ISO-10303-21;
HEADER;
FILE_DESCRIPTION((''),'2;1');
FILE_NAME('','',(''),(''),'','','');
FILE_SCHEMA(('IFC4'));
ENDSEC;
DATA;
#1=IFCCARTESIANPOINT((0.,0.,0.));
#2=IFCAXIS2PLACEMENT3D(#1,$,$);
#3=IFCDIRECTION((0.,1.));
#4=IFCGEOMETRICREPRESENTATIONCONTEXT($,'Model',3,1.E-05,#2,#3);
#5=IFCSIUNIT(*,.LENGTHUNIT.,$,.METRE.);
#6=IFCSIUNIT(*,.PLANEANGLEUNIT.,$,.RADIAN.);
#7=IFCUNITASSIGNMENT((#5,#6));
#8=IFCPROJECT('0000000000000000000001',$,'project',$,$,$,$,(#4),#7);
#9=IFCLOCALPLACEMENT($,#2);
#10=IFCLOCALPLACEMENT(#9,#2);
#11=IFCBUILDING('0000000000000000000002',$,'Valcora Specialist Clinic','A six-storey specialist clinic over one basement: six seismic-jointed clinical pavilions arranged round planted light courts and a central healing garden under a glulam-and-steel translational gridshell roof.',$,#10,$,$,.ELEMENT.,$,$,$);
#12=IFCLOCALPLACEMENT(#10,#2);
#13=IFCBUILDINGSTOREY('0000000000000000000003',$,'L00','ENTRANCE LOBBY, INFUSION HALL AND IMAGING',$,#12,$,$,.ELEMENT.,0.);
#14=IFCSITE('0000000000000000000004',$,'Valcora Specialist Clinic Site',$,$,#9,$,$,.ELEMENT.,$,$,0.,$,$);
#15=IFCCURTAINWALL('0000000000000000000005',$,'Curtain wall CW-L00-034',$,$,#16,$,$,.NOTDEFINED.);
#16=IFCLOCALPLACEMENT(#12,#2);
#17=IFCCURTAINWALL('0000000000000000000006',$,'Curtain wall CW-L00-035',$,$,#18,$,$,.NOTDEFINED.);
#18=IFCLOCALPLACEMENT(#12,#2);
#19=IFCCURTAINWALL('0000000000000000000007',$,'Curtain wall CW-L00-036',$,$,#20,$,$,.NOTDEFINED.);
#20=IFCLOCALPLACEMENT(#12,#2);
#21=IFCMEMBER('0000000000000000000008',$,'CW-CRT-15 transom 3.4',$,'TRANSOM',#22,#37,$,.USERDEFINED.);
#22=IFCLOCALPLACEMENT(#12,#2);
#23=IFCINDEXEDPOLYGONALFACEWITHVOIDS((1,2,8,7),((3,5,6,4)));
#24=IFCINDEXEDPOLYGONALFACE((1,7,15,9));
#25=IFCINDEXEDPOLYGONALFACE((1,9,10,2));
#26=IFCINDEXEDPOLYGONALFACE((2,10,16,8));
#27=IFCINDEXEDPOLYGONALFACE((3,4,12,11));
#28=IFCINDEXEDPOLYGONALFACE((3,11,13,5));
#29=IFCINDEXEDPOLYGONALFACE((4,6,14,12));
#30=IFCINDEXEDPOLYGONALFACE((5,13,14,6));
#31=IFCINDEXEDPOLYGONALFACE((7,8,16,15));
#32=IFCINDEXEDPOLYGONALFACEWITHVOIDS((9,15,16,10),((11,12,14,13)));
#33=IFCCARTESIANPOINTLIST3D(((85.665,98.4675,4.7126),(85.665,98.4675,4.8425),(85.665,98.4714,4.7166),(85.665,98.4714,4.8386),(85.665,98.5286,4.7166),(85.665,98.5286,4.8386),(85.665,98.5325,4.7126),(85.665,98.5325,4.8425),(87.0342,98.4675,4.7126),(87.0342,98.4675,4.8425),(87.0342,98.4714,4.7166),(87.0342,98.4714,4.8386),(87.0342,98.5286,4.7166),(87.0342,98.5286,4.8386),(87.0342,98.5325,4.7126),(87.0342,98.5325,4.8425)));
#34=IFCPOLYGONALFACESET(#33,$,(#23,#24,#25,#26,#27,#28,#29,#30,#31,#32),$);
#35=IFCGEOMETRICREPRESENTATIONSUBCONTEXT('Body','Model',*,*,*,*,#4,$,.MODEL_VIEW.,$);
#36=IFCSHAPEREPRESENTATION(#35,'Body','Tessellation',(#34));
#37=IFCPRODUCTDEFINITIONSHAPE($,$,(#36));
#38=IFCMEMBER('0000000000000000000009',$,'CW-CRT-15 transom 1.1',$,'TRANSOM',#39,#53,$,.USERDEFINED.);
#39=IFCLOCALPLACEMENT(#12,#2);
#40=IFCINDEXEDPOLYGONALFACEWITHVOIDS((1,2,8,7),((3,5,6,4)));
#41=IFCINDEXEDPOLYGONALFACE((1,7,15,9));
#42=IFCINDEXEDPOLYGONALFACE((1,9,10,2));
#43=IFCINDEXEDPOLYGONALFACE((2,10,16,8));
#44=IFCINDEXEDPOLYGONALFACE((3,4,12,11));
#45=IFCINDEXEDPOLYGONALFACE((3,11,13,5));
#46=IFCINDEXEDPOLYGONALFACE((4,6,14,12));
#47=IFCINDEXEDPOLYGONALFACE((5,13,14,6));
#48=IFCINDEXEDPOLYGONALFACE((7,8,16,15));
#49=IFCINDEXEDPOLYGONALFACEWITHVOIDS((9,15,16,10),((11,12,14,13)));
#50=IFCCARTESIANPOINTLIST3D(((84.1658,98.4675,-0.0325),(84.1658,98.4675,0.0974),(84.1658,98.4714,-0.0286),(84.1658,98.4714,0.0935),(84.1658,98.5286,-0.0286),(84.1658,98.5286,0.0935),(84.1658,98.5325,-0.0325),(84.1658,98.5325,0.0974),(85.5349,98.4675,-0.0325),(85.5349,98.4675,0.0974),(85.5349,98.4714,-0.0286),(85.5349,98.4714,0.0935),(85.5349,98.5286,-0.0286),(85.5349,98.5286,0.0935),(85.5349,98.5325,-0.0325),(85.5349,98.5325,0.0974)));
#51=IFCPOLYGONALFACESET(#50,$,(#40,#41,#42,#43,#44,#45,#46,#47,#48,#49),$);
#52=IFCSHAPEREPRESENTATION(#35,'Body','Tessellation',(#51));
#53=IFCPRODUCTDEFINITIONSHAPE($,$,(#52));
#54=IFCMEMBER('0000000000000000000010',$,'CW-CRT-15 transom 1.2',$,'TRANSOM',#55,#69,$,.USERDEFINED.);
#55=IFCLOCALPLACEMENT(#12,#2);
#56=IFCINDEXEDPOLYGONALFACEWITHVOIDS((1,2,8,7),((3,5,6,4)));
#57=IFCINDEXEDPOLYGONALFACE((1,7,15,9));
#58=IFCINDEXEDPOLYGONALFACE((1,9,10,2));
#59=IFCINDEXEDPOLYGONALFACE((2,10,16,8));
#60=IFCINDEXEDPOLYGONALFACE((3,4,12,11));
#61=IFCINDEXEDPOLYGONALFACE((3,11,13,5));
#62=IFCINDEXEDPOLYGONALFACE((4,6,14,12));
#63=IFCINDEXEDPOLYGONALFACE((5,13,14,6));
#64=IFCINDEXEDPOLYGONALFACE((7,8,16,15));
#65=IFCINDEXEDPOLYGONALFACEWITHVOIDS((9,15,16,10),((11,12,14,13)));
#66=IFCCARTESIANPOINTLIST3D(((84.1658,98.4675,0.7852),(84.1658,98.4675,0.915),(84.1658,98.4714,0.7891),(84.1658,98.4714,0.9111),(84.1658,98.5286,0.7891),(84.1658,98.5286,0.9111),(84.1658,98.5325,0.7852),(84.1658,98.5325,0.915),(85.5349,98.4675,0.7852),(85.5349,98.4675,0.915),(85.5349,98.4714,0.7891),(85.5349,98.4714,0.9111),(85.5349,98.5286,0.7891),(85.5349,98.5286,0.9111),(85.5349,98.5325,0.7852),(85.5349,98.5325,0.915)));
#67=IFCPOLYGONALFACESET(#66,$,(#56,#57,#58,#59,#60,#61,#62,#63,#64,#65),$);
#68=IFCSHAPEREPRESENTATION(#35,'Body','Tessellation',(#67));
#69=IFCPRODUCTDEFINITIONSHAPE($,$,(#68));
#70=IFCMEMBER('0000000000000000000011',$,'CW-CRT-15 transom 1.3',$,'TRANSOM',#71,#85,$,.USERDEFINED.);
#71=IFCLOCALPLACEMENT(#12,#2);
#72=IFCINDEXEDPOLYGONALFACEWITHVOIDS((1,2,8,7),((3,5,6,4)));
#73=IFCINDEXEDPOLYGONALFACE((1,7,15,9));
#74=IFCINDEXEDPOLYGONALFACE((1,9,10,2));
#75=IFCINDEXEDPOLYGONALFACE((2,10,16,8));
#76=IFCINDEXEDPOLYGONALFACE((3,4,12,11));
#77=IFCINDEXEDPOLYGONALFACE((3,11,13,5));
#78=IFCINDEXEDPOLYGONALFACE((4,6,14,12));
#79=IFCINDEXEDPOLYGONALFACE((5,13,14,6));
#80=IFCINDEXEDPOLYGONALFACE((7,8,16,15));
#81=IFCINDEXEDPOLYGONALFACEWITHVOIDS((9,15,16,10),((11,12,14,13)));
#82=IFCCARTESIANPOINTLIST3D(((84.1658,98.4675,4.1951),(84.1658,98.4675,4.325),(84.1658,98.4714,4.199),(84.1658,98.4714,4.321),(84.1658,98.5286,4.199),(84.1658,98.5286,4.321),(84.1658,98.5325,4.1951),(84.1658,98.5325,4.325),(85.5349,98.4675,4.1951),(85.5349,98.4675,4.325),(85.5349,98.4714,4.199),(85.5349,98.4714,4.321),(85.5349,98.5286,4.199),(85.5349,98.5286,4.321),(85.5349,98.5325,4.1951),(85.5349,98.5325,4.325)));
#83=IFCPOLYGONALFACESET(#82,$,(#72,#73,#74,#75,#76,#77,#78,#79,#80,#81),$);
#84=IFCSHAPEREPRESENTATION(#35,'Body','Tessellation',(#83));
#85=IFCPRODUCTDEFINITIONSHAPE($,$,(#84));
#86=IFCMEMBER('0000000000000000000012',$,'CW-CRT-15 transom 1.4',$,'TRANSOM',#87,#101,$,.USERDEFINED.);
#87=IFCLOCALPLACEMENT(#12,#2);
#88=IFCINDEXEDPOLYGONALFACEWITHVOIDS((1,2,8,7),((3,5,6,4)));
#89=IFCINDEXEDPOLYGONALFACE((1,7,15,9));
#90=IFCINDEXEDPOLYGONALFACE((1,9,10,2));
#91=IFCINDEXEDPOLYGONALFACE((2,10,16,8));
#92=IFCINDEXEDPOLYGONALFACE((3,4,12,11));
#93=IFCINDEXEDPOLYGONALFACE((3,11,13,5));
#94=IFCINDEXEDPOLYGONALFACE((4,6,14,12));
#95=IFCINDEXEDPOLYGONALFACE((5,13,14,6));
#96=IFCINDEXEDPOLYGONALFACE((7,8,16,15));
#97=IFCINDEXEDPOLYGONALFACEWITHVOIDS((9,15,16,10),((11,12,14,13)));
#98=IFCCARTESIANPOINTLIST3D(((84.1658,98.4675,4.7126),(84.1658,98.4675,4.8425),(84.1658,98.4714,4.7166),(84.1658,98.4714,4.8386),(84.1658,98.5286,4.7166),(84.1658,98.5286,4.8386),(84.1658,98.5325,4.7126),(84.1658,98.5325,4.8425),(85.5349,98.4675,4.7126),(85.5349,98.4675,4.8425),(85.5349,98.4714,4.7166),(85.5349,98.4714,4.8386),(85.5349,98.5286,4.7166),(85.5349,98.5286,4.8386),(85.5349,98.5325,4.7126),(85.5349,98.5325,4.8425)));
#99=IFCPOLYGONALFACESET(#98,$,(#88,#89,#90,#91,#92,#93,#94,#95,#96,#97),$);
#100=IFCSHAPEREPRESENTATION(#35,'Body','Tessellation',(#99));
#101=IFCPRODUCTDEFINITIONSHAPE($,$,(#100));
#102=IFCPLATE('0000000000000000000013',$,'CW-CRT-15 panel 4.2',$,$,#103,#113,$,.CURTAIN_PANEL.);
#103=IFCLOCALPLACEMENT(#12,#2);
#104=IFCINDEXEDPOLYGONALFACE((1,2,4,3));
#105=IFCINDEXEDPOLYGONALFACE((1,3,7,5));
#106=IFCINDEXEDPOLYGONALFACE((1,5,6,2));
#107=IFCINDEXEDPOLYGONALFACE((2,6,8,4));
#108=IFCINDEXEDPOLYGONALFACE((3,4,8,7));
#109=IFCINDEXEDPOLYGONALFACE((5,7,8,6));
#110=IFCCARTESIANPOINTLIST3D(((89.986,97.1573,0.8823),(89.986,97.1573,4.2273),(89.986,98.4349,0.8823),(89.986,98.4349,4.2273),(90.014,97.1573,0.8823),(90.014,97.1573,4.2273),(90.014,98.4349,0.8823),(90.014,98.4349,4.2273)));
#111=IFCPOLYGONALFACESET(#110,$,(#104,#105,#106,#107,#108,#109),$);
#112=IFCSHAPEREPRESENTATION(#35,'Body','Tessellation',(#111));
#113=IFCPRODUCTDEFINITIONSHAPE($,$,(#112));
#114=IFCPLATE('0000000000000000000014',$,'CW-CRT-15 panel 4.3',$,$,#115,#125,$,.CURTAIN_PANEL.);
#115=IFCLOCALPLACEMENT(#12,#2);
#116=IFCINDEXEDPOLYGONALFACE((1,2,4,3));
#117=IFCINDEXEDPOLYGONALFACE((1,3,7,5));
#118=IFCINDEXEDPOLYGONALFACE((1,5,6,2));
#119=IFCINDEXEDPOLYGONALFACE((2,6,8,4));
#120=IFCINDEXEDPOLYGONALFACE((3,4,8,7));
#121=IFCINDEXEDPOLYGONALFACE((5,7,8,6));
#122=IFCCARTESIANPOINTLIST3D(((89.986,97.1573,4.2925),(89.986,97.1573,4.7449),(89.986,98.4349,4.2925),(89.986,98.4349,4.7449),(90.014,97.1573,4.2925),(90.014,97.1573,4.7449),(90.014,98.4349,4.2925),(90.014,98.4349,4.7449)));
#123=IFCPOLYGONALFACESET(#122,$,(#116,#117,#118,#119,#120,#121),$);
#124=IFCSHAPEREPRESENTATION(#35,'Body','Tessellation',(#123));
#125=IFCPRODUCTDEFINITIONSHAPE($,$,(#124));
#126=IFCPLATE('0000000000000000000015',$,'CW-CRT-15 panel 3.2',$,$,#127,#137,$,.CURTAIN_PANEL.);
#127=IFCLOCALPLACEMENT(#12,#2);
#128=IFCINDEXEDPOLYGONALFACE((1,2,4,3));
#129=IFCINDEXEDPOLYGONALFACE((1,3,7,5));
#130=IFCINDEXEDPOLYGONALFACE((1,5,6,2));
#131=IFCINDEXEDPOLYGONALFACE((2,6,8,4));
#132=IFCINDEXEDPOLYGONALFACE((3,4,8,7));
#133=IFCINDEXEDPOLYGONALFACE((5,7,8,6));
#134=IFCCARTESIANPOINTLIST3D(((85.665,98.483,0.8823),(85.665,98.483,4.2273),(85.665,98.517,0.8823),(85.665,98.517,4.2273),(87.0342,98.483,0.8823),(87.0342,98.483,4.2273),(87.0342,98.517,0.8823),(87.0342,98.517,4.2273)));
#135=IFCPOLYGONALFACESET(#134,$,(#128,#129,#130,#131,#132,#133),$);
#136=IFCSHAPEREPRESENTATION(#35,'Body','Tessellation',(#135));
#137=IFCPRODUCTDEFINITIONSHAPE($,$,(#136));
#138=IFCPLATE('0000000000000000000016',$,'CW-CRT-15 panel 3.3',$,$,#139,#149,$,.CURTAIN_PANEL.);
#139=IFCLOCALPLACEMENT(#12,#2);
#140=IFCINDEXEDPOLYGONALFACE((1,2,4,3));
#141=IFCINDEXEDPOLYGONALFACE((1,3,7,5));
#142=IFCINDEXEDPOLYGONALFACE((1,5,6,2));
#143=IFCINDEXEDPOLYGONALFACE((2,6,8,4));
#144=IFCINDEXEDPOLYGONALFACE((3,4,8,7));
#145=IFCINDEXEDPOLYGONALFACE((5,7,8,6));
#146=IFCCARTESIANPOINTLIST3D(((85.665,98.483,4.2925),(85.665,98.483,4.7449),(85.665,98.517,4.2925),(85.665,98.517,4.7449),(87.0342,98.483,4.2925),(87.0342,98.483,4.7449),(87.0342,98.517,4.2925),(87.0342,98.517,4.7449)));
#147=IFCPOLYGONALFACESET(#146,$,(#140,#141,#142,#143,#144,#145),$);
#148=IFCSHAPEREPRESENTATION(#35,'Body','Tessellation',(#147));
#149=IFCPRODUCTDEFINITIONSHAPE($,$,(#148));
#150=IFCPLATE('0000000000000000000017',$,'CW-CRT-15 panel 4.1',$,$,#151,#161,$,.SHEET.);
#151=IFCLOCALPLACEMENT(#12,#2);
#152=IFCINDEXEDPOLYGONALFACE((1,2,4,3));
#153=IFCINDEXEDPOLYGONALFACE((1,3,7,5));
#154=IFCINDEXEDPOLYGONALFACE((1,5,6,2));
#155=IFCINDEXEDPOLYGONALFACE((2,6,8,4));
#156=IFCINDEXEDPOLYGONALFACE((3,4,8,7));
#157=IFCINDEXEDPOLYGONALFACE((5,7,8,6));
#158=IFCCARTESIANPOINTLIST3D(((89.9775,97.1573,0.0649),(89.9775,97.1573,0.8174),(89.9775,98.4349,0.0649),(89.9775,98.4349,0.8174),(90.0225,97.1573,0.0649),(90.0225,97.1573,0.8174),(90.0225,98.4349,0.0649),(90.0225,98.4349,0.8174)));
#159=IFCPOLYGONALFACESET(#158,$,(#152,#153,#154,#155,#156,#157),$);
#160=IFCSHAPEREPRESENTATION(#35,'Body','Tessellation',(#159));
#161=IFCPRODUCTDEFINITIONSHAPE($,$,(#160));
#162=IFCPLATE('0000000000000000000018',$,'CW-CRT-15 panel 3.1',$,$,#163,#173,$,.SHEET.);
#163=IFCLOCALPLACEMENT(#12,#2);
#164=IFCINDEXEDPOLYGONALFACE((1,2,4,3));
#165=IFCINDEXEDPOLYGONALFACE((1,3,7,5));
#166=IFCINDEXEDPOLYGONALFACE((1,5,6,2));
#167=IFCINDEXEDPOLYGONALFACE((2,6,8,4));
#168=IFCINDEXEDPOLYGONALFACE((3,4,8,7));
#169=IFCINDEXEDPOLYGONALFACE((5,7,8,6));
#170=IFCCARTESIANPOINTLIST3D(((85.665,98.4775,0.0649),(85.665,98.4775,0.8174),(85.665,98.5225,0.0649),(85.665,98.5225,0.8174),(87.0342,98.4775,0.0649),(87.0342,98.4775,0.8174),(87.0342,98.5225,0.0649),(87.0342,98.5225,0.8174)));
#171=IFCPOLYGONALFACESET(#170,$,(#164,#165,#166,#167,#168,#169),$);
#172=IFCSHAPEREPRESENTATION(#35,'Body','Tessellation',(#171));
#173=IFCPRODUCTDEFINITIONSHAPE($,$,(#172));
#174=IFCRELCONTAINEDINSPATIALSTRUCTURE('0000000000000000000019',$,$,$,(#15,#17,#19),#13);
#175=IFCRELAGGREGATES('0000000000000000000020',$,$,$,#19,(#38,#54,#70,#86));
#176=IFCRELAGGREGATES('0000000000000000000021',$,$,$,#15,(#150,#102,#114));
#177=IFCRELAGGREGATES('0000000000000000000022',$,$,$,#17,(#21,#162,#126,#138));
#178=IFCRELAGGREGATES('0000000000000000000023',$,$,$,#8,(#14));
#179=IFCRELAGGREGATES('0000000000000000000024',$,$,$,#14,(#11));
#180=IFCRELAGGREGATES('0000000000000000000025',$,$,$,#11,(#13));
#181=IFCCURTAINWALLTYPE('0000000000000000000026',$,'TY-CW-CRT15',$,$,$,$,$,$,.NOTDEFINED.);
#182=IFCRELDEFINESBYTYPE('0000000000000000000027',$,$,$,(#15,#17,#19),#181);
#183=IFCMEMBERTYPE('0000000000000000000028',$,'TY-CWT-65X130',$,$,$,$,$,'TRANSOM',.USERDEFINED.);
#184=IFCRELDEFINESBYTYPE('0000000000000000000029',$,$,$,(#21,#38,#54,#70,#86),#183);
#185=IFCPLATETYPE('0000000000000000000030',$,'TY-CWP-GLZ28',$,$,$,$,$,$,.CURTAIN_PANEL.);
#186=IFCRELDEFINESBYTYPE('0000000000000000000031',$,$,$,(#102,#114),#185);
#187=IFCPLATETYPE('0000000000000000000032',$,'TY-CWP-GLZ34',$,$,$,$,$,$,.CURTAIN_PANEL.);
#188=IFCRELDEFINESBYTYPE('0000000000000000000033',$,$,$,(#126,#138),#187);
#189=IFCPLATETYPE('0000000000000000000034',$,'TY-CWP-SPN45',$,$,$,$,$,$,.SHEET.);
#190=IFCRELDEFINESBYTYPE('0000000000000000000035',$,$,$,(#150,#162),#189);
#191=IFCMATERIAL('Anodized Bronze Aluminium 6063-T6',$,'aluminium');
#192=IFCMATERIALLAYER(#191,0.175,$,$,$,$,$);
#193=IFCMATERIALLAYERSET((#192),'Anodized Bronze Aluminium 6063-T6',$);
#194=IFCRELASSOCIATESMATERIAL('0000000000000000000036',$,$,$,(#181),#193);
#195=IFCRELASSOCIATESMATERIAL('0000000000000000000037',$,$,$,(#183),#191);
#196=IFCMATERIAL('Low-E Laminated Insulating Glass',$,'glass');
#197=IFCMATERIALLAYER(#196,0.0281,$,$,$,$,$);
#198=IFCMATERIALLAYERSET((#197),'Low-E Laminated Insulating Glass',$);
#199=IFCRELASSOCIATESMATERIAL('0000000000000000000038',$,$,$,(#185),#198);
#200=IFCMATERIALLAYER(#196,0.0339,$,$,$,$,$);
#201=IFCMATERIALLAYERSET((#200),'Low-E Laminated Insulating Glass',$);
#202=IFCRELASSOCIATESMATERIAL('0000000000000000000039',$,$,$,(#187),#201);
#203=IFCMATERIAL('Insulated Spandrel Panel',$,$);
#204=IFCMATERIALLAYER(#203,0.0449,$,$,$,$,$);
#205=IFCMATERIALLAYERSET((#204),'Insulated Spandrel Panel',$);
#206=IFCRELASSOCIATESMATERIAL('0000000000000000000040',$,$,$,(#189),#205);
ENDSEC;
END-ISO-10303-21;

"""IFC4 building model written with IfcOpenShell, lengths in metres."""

from ifc_helpers import new_model, si_unit, direction, frame, origin, origin_2d, place, context, subcontext, project, spatial, rectangle, hollow_rectangle, extrude, material, layer, layer_set, material_profile, profile_set, type_object, element, aggregate, save


model = new_model("IFC4")

# Units and contexts
model_context = context("Model", 3, precision=1e-05, world=origin(), true_north=direction((0.0, 1.0)))
body_context = subcontext(model_context, "Body", "Model", "MODEL_VIEW")
ifc_project = project(units=[si_unit("LENGTHUNIT", "METRE"), si_unit("PLANEANGLEUNIT", "RADIAN")], contexts=[model_context])

# Site, building, storey
site_placement = place(None, origin())
site = spatial("IfcSite", under=ifc_project, at=site_placement, Name="Valcora Specialist Clinic Site", CompositionType="ELEMENT", RefElevation=0.0)
building_placement = place(site_placement, origin())
building = spatial("IfcBuilding", under=site, at=building_placement, Name="Valcora Specialist Clinic", Description="A six-storey specialist clinic over one basement: six seismic-jointed clinical pavilions arranged round planted light courts and a central healing garden under a glulam-and-steel translational gridshell roof.", CompositionType="ELEMENT")
storey_placement = place(building_placement, origin())
storey = spatial("IfcBuildingStorey", under=building, at=storey_placement, Name="L00", Description="ENTRANCE LOBBY, INFUSION HALL AND IMAGING", CompositionType="ELEMENT", Elevation=0.0)

# Curtain wall
ifc_material_1 = material(Name="Anodized Bronze Aluminium 6063-T6", Category="aluminium")
ifc_layer_1 = layer(ifc_material_1, 0.175)
ifc_layer_set_1 = layer_set([ifc_layer_1], Name="Anodized Bronze Aluminium 6063-T6")
curtain_wall_type = type_object("IfcCurtainWallType", Name="TY-CW-CRT15", PredefinedType="NOTDEFINED", material=ifc_layer_set_1)
curtain_wall_1_placement = place(storey_placement, origin())
curtain_wall_1 = element("IfcCurtainWall", 1, at=curtain_wall_1_placement, inside=storey, type_object=curtain_wall_type, Name="Curtain wall CW-L00-034", PredefinedType="NOTDEFINED")

# Curtain walls
curtain_wall_2_placement = place(storey_placement, origin())
curtain_wall_2 = element("IfcCurtainWall", 2, at=curtain_wall_2_placement, inside=storey, type_object=curtain_wall_type, Name="Curtain wall CW-L00-035", PredefinedType="NOTDEFINED")
curtain_wall_3_placement = place(storey_placement, origin())
curtain_wall_3 = element("IfcCurtainWall", 3, at=curtain_wall_3_placement, inside=storey, type_object=curtain_wall_type, Name="Curtain wall CW-L00-036", PredefinedType="NOTDEFINED")

# Members
ifc_material_profile_1 = material_profile(ifc_material_1, hollow_rectangle(XDim=0.0649, YDim=0.1299, WallThickness=0.0039, at=origin_2d()), Name="AL-TRN-65X130")
ifc_profile_set_1 = profile_set([ifc_material_profile_1], Name="Anodized Bronze Aluminium 6063-T6")
member_type_1 = type_object("IfcMemberType", Name="TY-CWT-65X130", ElementType="TRANSOM", PredefinedType="USERDEFINED", material=ifc_profile_set_1)
member_1_placement = place(storey_placement, frame((87.0342, 98.5, 4.7776), z_axis=(-1.0, 0.0, 0.0), x_axis=(0.0, -1.0, 0.0)))
member_1 = element("IfcMember", 4, at=member_1_placement, type_object=member_type_1, Name="CW-CRT-15 transom 3.4", ObjectType="TRANSOM", PredefinedType="USERDEFINED", context=body_context, shape_type="SweptSolid", body=[
    extrude(hollow_rectangle(XDim=0.0649, YDim=0.1299, WallThickness=0.0039, at=origin_2d()), origin(), (0.0, 0.0, 1.0), 1.3691),
])
member_2_placement = place(storey_placement, frame((85.5349, 98.5, 0.0325), z_axis=(-1.0, 0.0, 0.0), x_axis=(0.0, -1.0, 0.0)))
member_2 = element("IfcMember", 5, at=member_2_placement, type_object=member_type_1, Name="CW-CRT-15 transom 1.1", ObjectType="TRANSOM", PredefinedType="USERDEFINED", context=body_context, shape_type="SweptSolid", body=[
    extrude(hollow_rectangle(XDim=0.0649, YDim=0.1299, WallThickness=0.0039, at=origin_2d()), origin(), (0.0, 0.0, 1.0), 1.3691),
])
member_3_placement = place(storey_placement, frame((85.5349, 98.5, 0.8501), z_axis=(-1.0, 0.0, 0.0), x_axis=(0.0, -1.0, 0.0)))
member_3 = element("IfcMember", 6, at=member_3_placement, type_object=member_type_1, Name="CW-CRT-15 transom 1.2", ObjectType="TRANSOM", PredefinedType="USERDEFINED", context=body_context, shape_type="SweptSolid", body=[
    extrude(hollow_rectangle(XDim=0.0649, YDim=0.1299, WallThickness=0.0039, at=origin_2d()), origin(), (0.0, 0.0, 1.0), 1.3691),
])
member_4_placement = place(storey_placement, frame((85.5349, 98.5, 4.26), z_axis=(-1.0, 0.0, 0.0), x_axis=(0.0, -1.0, 0.0)))
member_4 = element("IfcMember", 7, at=member_4_placement, type_object=member_type_1, Name="CW-CRT-15 transom 1.3", ObjectType="TRANSOM", PredefinedType="USERDEFINED", context=body_context, shape_type="SweptSolid", body=[
    extrude(hollow_rectangle(XDim=0.0649, YDim=0.1299, WallThickness=0.0039, at=origin_2d()), origin(), (0.0, 0.0, 1.0), 1.3691),
])
member_5_placement = place(storey_placement, frame((85.5349, 98.5, 4.7776), z_axis=(-1.0, 0.0, 0.0), x_axis=(0.0, -1.0, 0.0)))
member_5 = element("IfcMember", 8, at=member_5_placement, type_object=member_type_1, Name="CW-CRT-15 transom 1.4", ObjectType="TRANSOM", PredefinedType="USERDEFINED", context=body_context, shape_type="SweptSolid", body=[
    extrude(hollow_rectangle(XDim=0.0649, YDim=0.1299, WallThickness=0.0039, at=origin_2d()), origin(), (0.0, 0.0, 1.0), 1.3691),
])
aggregate(curtain_wall_3, [member_2, member_3, member_4, member_5])

# Plates
ifc_material_2 = material(Name="Low-E Laminated Insulating Glass", Category="glass")
ifc_layer_2 = layer(ifc_material_2, 0.0281)
ifc_layer_set_2 = layer_set([ifc_layer_2], Name="Low-E Laminated Insulating Glass")
plate_type_1 = type_object("IfcPlateType", Name="TY-CWP-GLZ28", PredefinedType="CURTAIN_PANEL", material=ifc_layer_set_2)
plate_1_placement = place(storey_placement, frame((90.0, 97.7961, 0.8823), z_axis=(0.0, 0.0, 1.0), x_axis=(0.0, 1.0, 0.0)))
plate_1 = element("IfcPlate", 9, at=plate_1_placement, type_object=plate_type_1, Name="CW-CRT-15 panel 4.2", PredefinedType="CURTAIN_PANEL", context=body_context, shape_type="SweptSolid", body=[
    extrude(rectangle(XDim=1.2776, YDim=0.0281, at=origin_2d()), origin(), (0.0, 0.0, 1.0), 3.345),
])
plate_2_placement = place(storey_placement, frame((90.0, 97.7961, 4.2925), z_axis=(0.0, 0.0, 1.0), x_axis=(0.0, 1.0, 0.0)))
plate_2 = element("IfcPlate", 10, at=plate_2_placement, type_object=plate_type_1, Name="CW-CRT-15 panel 4.3", PredefinedType="CURTAIN_PANEL", context=body_context, shape_type="SweptSolid", body=[
    extrude(rectangle(XDim=1.2776, YDim=0.0281, at=origin_2d()), origin(), (0.0, 0.0, 1.0), 0.4524),
])
ifc_layer_3 = layer(ifc_material_2, 0.0339)
ifc_layer_set_3 = layer_set([ifc_layer_3], Name="Low-E Laminated Insulating Glass")
plate_type_2 = type_object("IfcPlateType", Name="TY-CWP-GLZ34", PredefinedType="CURTAIN_PANEL", material=ifc_layer_set_3)
plate_3_placement = place(storey_placement, frame((86.3496, 98.5, 0.8823), z_axis=(0.0, 0.0, 1.0), x_axis=(-1.0, 0.0, 0.0)))
plate_3 = element("IfcPlate", 11, at=plate_3_placement, type_object=plate_type_2, Name="CW-CRT-15 panel 3.2", PredefinedType="CURTAIN_PANEL", context=body_context, shape_type="SweptSolid", body=[
    extrude(rectangle(XDim=1.3691, YDim=0.0339, at=origin_2d()), origin(), (0.0, 0.0, 1.0), 3.345),
])
plate_4_placement = place(storey_placement, frame((86.3496, 98.5, 4.2925), z_axis=(0.0, 0.0, 1.0), x_axis=(-1.0, 0.0, 0.0)))
plate_4 = element("IfcPlate", 12, at=plate_4_placement, type_object=plate_type_2, Name="CW-CRT-15 panel 3.3", PredefinedType="CURTAIN_PANEL", context=body_context, shape_type="SweptSolid", body=[
    extrude(rectangle(XDim=1.3691, YDim=0.0339, at=origin_2d()), origin(), (0.0, 0.0, 1.0), 0.4524),
])
ifc_material_3 = material(Name="Insulated Spandrel Panel")
ifc_layer_4 = layer(ifc_material_3, 0.0449)
ifc_layer_set_4 = layer_set([ifc_layer_4], Name="Insulated Spandrel Panel")
plate_type_3 = type_object("IfcPlateType", Name="TY-CWP-SPN45", PredefinedType="SHEET", material=ifc_layer_set_4)
plate_5_placement = place(storey_placement, frame((90.0, 97.7961, 0.0649), z_axis=(0.0, 0.0, 1.0), x_axis=(0.0, 1.0, 0.0)))
plate_5 = element("IfcPlate", 13, at=plate_5_placement, type_object=plate_type_3, Name="CW-CRT-15 panel 4.1", PredefinedType="SHEET", context=body_context, shape_type="SweptSolid", body=[
    extrude(rectangle(XDim=1.2776, YDim=0.0449, at=origin_2d()), origin(), (0.0, 0.0, 1.0), 0.7524),
])
aggregate(curtain_wall_1, [plate_5, plate_1, plate_2])
plate_6_placement = place(storey_placement, frame((86.3496, 98.5, 0.0649), z_axis=(0.0, 0.0, 1.0), x_axis=(-1.0, 0.0, 0.0)))
plate_6 = element("IfcPlate", 14, at=plate_6_placement, type_object=plate_type_3, Name="CW-CRT-15 panel 3.1", PredefinedType="SHEET", context=body_context, shape_type="SweptSolid", body=[
    extrude(rectangle(XDim=1.3691, YDim=0.0449, at=origin_2d()), origin(), (0.0, 0.0, 1.0), 0.7524),
])
aggregate(curtain_wall_2, [member_1, plate_6, plate_3, plate_4])

save(model, "model.ifc")
